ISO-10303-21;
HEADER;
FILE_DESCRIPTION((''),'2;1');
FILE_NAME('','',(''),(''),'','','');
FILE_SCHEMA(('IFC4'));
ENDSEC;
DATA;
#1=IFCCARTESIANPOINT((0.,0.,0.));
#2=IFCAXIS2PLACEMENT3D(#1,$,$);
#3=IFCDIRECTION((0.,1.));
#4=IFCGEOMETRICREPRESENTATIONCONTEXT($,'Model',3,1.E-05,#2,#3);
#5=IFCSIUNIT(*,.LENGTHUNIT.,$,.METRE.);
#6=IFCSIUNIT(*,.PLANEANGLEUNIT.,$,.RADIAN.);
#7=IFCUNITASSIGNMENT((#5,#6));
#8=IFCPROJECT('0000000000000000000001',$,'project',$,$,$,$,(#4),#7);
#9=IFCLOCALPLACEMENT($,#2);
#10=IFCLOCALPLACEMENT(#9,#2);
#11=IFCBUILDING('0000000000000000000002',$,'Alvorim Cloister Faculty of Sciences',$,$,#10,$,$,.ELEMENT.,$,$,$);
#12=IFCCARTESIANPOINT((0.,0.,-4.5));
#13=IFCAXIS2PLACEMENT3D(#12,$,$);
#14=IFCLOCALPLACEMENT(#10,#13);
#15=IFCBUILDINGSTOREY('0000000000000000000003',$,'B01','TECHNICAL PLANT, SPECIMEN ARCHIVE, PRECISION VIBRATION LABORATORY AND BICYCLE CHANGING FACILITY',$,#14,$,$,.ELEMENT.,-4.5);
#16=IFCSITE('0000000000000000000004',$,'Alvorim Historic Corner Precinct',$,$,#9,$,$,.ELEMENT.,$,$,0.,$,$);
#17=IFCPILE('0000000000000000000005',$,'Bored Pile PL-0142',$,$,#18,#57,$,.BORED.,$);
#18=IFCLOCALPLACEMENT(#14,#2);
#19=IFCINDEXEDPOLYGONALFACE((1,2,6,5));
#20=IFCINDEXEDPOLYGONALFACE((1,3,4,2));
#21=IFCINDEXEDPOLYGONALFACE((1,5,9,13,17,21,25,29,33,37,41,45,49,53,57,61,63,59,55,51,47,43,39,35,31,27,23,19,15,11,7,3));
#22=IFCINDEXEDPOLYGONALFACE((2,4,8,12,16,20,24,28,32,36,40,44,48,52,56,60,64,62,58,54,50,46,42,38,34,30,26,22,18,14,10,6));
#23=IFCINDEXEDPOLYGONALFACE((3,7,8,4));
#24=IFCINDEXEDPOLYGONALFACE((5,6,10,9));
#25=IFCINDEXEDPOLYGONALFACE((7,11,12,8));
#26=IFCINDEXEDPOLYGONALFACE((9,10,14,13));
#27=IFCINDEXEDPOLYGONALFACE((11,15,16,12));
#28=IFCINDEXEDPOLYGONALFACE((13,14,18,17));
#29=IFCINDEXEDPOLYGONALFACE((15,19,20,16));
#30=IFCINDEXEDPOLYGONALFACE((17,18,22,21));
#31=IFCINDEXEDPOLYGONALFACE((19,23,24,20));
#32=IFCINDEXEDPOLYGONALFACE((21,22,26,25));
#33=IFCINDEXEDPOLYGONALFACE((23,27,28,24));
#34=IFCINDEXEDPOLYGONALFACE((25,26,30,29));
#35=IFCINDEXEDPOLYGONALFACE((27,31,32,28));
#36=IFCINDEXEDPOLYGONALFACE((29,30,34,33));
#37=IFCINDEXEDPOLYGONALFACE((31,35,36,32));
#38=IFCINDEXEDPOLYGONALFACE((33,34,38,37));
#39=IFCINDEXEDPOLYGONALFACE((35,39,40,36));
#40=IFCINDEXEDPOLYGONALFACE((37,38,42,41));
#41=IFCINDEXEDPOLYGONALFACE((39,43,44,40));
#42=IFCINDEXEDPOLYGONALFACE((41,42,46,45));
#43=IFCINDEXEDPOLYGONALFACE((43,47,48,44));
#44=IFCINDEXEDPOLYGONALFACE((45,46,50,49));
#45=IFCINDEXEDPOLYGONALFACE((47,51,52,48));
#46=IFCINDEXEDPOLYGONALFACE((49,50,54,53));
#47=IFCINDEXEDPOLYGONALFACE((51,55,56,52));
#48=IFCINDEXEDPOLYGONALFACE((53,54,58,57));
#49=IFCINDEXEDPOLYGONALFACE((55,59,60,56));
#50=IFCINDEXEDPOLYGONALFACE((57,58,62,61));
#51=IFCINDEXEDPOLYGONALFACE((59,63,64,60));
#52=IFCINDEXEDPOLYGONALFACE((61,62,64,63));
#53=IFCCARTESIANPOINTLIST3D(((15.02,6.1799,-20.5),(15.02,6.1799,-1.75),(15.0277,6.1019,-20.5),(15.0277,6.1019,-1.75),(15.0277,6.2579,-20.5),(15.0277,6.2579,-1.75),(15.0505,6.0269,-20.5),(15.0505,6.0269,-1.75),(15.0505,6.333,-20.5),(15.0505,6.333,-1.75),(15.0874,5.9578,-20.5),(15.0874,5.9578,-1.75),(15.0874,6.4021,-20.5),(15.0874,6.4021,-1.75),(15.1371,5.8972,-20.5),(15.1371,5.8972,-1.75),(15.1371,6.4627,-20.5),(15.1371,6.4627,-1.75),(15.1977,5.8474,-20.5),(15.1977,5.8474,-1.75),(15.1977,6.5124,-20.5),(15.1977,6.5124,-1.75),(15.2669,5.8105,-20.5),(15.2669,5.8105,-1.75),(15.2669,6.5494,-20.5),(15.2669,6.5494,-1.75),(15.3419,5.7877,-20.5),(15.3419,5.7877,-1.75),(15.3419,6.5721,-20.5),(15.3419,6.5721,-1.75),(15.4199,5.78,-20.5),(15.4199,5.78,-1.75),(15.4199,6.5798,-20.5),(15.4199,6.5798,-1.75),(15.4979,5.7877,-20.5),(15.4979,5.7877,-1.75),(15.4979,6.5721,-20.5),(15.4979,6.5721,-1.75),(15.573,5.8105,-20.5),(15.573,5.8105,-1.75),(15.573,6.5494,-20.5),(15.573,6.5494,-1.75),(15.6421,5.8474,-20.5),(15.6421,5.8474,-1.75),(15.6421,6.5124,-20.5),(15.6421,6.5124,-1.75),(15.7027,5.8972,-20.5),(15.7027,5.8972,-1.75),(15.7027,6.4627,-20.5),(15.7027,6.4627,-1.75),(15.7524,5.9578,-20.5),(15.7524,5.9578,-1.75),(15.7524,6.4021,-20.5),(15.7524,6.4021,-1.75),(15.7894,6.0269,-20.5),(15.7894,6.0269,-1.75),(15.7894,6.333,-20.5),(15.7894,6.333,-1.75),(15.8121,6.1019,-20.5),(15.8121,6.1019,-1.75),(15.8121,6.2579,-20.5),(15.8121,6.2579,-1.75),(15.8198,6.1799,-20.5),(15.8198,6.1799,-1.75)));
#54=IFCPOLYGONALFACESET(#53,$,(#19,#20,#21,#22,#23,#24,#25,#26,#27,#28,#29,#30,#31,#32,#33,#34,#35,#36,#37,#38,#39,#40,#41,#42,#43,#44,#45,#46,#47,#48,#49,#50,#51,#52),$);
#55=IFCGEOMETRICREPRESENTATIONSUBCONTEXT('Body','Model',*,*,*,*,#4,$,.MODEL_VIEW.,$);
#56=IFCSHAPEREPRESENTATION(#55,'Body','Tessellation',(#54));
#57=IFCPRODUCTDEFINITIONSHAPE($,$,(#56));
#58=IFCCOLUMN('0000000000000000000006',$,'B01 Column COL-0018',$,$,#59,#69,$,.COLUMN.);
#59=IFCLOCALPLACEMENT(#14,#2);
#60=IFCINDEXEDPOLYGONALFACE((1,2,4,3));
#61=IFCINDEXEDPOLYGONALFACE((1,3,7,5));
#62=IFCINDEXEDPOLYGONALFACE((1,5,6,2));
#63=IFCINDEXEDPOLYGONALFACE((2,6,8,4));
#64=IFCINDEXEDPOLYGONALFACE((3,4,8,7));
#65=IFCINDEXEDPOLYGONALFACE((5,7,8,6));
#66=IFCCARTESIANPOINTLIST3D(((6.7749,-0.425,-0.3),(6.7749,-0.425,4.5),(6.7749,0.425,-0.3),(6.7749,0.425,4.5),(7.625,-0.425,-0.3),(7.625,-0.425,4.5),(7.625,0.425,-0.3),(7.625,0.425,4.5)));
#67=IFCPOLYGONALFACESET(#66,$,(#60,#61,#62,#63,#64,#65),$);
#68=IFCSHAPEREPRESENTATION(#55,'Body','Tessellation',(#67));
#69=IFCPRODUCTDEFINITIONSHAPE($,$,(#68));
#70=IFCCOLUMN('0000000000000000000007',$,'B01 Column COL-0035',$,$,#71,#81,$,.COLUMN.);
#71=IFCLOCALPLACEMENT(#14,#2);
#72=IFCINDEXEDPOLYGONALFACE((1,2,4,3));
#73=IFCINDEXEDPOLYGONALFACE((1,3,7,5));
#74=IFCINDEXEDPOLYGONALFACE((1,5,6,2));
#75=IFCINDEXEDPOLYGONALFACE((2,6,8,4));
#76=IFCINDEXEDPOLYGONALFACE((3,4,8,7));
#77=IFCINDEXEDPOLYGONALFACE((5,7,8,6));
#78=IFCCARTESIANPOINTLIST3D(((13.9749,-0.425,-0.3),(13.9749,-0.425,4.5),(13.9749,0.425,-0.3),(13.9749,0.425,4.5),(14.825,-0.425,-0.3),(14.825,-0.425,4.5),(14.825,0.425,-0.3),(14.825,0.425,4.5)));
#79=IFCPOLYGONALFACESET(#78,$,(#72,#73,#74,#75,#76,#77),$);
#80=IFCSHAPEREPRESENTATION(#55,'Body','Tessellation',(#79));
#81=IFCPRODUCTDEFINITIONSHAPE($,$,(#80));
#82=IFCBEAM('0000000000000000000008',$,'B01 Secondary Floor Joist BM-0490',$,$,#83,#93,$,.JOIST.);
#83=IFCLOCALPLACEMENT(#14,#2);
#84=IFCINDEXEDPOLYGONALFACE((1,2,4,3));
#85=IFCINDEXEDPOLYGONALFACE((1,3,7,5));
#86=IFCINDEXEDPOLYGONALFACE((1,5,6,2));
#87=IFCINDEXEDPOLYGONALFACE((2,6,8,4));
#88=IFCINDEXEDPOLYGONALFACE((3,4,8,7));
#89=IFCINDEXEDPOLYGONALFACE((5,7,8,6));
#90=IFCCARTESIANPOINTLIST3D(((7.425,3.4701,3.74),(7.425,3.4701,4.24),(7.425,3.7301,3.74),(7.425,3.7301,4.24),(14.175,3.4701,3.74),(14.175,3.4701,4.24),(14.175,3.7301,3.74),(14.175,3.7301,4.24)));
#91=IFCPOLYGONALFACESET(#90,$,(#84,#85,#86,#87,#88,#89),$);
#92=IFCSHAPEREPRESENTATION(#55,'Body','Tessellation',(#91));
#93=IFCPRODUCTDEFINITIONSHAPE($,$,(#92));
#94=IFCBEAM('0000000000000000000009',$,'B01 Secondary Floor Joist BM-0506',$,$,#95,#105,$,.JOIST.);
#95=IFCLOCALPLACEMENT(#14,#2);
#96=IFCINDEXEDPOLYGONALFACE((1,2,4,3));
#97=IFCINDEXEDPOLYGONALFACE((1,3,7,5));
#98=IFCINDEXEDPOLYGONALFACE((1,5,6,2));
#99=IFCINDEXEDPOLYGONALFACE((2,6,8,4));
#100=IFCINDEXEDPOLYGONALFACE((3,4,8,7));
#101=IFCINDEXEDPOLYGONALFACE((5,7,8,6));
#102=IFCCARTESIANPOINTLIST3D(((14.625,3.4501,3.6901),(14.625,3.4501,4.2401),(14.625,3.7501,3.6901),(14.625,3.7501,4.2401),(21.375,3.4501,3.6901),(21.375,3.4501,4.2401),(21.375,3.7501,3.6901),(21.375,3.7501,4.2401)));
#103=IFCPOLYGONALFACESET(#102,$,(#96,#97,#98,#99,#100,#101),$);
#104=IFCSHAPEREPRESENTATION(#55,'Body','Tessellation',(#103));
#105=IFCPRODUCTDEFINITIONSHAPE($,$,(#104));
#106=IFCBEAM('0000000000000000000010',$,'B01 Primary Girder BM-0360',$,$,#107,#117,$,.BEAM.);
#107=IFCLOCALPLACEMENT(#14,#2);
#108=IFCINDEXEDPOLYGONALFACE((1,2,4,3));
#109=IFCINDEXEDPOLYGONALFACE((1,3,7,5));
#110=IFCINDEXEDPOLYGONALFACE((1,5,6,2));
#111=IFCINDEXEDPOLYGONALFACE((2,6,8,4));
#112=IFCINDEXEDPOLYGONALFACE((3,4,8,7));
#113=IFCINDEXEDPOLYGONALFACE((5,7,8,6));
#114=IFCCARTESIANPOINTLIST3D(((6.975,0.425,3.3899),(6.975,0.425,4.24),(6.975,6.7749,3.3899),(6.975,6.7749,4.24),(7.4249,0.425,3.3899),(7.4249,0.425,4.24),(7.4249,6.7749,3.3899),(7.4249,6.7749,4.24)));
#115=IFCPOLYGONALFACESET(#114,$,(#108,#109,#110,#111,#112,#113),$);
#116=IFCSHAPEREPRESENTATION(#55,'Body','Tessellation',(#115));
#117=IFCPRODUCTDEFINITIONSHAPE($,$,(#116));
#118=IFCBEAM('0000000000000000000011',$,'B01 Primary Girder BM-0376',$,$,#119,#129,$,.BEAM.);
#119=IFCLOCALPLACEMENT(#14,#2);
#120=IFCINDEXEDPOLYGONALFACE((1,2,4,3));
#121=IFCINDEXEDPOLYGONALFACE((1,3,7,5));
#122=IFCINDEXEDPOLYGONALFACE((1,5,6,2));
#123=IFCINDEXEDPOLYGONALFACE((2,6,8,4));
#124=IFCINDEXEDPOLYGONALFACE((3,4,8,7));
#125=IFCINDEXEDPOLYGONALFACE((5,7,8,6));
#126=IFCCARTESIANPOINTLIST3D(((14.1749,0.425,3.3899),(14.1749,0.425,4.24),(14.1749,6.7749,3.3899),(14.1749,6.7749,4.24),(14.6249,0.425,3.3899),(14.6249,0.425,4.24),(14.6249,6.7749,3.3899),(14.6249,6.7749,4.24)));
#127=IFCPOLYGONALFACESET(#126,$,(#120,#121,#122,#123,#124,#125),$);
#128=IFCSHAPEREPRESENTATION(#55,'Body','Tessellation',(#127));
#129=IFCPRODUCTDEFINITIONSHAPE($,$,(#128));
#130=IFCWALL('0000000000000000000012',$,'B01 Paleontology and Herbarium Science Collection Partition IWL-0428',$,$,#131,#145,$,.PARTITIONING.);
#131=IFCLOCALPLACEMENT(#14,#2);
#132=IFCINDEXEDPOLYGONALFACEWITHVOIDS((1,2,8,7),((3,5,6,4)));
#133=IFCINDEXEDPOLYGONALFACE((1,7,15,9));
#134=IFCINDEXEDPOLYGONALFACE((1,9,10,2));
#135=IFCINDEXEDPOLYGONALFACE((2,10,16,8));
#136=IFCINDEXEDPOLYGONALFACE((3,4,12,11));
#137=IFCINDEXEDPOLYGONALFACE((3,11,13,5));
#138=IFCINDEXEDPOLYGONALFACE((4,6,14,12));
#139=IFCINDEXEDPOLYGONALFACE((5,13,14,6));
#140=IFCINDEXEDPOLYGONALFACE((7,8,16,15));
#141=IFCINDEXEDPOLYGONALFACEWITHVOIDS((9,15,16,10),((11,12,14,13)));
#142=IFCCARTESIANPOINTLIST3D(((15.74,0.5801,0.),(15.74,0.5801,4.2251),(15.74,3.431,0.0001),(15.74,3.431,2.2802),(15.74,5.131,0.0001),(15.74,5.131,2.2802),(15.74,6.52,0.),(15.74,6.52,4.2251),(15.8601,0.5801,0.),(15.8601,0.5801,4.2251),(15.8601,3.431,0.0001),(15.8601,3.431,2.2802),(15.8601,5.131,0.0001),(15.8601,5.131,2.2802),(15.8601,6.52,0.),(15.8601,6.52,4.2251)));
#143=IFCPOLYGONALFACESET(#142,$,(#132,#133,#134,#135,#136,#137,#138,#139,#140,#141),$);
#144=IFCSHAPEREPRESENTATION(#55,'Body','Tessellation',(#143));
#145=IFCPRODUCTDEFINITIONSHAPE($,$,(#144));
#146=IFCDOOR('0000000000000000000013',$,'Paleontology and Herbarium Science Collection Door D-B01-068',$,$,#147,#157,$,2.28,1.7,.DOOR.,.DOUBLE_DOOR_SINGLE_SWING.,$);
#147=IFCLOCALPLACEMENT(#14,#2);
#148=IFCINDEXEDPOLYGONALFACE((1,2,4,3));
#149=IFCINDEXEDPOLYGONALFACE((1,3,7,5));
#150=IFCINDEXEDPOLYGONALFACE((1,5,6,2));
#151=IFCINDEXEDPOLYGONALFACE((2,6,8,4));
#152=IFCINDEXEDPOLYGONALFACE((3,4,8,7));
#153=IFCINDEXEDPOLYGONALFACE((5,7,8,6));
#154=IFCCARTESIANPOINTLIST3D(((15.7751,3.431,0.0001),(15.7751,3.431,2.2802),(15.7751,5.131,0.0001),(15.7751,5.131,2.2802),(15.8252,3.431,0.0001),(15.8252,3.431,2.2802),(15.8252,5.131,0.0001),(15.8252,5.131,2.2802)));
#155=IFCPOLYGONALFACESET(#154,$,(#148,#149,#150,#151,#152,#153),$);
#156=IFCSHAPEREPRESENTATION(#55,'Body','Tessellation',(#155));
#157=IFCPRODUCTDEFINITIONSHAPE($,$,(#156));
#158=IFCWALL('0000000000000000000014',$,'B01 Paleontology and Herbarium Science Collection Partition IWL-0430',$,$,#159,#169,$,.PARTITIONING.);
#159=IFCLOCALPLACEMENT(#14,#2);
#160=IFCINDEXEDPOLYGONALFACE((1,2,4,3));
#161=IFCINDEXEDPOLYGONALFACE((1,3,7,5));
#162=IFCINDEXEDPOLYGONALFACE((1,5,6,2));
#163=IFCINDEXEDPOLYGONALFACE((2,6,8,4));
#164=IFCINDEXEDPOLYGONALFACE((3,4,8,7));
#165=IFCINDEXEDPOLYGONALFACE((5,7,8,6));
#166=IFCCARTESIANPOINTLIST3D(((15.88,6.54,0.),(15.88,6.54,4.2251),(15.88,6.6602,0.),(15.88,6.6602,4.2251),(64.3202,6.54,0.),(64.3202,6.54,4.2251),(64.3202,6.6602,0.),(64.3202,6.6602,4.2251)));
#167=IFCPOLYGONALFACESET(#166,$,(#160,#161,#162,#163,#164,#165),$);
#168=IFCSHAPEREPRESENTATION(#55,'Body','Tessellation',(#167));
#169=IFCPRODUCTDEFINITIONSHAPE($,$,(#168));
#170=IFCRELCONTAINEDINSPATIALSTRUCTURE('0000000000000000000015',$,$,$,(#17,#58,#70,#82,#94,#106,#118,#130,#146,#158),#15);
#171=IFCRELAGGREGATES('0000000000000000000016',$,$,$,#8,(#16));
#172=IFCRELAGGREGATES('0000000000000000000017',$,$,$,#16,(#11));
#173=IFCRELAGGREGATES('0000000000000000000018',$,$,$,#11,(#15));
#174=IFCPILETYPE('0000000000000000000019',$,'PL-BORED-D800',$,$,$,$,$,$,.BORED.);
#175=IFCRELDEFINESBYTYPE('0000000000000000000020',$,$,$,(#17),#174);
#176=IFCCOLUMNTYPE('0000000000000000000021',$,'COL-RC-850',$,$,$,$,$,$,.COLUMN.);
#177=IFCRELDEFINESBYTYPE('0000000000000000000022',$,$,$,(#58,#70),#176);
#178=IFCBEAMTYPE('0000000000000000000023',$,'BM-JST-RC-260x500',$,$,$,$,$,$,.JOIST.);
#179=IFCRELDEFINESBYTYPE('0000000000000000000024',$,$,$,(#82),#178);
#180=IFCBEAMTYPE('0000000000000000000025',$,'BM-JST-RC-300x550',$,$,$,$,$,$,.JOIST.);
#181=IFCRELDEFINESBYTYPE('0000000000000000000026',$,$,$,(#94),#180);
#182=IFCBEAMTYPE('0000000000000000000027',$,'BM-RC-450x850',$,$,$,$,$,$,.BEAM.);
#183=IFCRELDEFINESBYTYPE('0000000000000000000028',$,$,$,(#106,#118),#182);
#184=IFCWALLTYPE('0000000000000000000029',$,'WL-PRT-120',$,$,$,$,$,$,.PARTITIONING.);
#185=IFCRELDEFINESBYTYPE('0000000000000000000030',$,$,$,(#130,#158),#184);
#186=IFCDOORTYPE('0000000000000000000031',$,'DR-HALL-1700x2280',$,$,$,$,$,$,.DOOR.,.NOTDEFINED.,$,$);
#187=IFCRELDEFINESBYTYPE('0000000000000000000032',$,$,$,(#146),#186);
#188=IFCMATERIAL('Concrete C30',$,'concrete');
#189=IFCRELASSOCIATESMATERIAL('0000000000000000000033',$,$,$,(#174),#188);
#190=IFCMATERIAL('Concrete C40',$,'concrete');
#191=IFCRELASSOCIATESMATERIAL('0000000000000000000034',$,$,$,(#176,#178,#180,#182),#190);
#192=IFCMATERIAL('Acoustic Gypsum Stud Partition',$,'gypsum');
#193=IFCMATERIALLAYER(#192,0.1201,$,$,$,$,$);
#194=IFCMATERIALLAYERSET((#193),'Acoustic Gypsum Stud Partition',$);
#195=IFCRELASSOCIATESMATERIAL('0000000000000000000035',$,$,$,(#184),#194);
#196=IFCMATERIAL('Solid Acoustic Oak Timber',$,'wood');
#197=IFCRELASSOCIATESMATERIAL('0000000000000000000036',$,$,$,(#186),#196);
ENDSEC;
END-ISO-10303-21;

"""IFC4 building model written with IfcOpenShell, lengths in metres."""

from ifc_helpers import new_model, si_unit, direction, frame, frame_2d, origin, origin_2d, place, context, subcontext, project, spatial, rectangle, circle, extrude, material, layer, layer_set, material_profile, profile_set, type_object, element, fill, save


model = new_model("IFC4")

# Units and contexts
model_context = context("Model", 3, precision=1e-05, world=origin(), true_north=direction((0.0, 1.0)))
body_context = subcontext(model_context, "Body", "Model", "MODEL_VIEW")
ifc_project = project(units=[si_unit("LENGTHUNIT", "METRE"), si_unit("PLANEANGLEUNIT", "RADIAN")], contexts=[model_context])

# Site, building, storey
site_placement = place(None, origin())
site = spatial("IfcSite", under=ifc_project, at=site_placement, Name="Alvorim Historic Corner Precinct", CompositionType="ELEMENT", RefElevation=0.0)
building_placement = place(site_placement, origin())
building = spatial("IfcBuilding", under=site, at=building_placement, Name="Alvorim Cloister Faculty of Sciences", CompositionType="ELEMENT")
storey_placement = place(building_placement, frame((0.0, 0.0, -4.5)))
storey = spatial("IfcBuildingStorey", under=building, at=storey_placement, Name="B01", Description="TECHNICAL PLANT, SPECIMEN ARCHIVE, PRECISION VIBRATION LABORATORY AND BICYCLE CHANGING FACILITY", CompositionType="ELEMENT", Elevation=-4.5)

# Shared definitions
ifc_material_1 = material(Name="Concrete C40", Category="concrete")

# Pile
ifc_material_2 = material(Name="Concrete C30", Category="concrete")
ifc_material_profile_1 = material_profile(ifc_material_2, circle(Radius=0.3999, at=origin_2d()), Name="PILE-D800")
ifc_profile_set_1 = profile_set([ifc_material_profile_1], Name="Concrete C30")
pile_type_1 = type_object("IfcPileType", Name="PL-BORED-D800", PredefinedType="BORED", material=ifc_profile_set_1)
for number, where, z_axis, x_axis, name in (
    (1, (15.4199, 6.1799, -1.75), (0.0, 0.0, -1.0), (1.0, 0.0, 0.0), "Bored Pile PL-0142"),
):
    element("IfcPile", number, at=place(storey_placement, frame(where, z_axis=z_axis, x_axis=x_axis)), inside=storey, type_object=pile_type_1, Name=name, PredefinedType="BORED", context=body_context, shape_type="SweptSolid", body=[
        extrude(circle(Radius=0.3999, at=origin_2d()), origin(), (0.0, 0.0, 1.0), 18.75),
    ])

# Columns
ifc_material_profile_2 = material_profile(ifc_material_1, rectangle(XDim=0.8501, YDim=0.8501, at=origin_2d()), Name="RC40-COL-850x850")
ifc_profile_set_2 = profile_set([ifc_material_profile_2], Name="Concrete C40")
column_type = type_object("IfcColumnType", Name="COL-RC-850", PredefinedType="COLUMN", material=ifc_profile_set_2)
for number, where, z_axis, x_axis, name in (
    (2, (7.2, 0.0, -0.3), (0.0, 0.0, 1.0), (1.0, 0.0, 0.0), "B01 Column COL-0018"),
    (3, (14.3999, 0.0, -0.3), (0.0, 0.0, 1.0), (1.0, 0.0, 0.0), "B01 Column COL-0035"),
):
    element("IfcColumn", number, at=place(storey_placement, frame(where, z_axis=z_axis, x_axis=x_axis)), inside=storey, type_object=column_type, Name=name, PredefinedType="COLUMN", context=body_context, shape_type="SweptSolid", body=[
        extrude(rectangle(XDim=0.8501, YDim=0.8501, at=origin_2d()), origin(), (0.0, 0.0, 1.0), 4.8),
    ])

# Beams
ifc_material_profile_3 = material_profile(ifc_material_1, rectangle(XDim=0.26, YDim=0.5, at=origin_2d()), Name="RC40-JST-260x500")
ifc_profile_set_3 = profile_set([ifc_material_profile_3], Name="Concrete C40")
beam_type_1 = type_object("IfcBeamType", Name="BM-JST-RC-260x500", PredefinedType="JOIST", material=ifc_profile_set_3)
beam_1_placement = place(storey_placement, frame((7.425, 3.6001, 3.99), z_axis=(1.0, 0.0, 0.0), x_axis=(0.0, 1.0, 0.0)))
element("IfcBeam", 4, at=beam_1_placement, inside=storey, type_object=beam_type_1, Name="B01 Secondary Floor Joist BM-0490", PredefinedType="JOIST", context=body_context, shape_type="SweptSolid", body=[
    extrude(rectangle(XDim=0.26, YDim=0.5, at=origin_2d()), origin(), (0.0, 0.0, 1.0), 6.75),
])
ifc_material_profile_4 = material_profile(ifc_material_1, rectangle(XDim=0.3, YDim=0.55, at=origin_2d()), Name="RC40-JST-300x550")
ifc_profile_set_4 = profile_set([ifc_material_profile_4], Name="Concrete C40")
beam_type_2 = type_object("IfcBeamType", Name="BM-JST-RC-300x550", PredefinedType="JOIST", material=ifc_profile_set_4)
beam_2_placement = place(storey_placement, frame((14.625, 3.6001, 3.9651), z_axis=(1.0, 0.0, 0.0), x_axis=(0.0, 1.0, 0.0)))
element("IfcBeam", 5, at=beam_2_placement, inside=storey, type_object=beam_type_2, Name="B01 Secondary Floor Joist BM-0506", PredefinedType="JOIST", context=body_context, shape_type="SweptSolid", body=[
    extrude(rectangle(XDim=0.3, YDim=0.55, at=origin_2d()), origin(), (0.0, 0.0, 1.0), 6.75),
])
ifc_material_profile_5 = material_profile(ifc_material_1, rectangle(XDim=0.45, YDim=0.8501, at=origin_2d()), Name="RC40-BM-450x850")
ifc_profile_set_5 = profile_set([ifc_material_profile_5], Name="Concrete C40")
beam_type_3 = type_object("IfcBeamType", Name="BM-RC-450x850", PredefinedType="BEAM", material=ifc_profile_set_5)
for number, where, z_axis, x_axis, name in (
    (6, (7.2, 0.425, 3.8149), (0.0, 1.0, 0.0), (-1.0, 0.0, 0.0), "B01 Primary Girder BM-0360"),
    (7, (14.3999, 0.425, 3.8149), (0.0, 1.0, 0.0), (-1.0, 0.0, 0.0), "B01 Primary Girder BM-0376"),
):
    element("IfcBeam", number, at=place(storey_placement, frame(where, z_axis=z_axis, x_axis=x_axis)), inside=storey, type_object=beam_type_3, Name=name, PredefinedType="BEAM", context=body_context, shape_type="SweptSolid", body=[
        extrude(rectangle(XDim=0.45, YDim=0.8501, at=origin_2d()), origin(), (0.0, 0.0, 1.0), 6.3499),
    ])

# Wall, opening, door
ifc_material_3 = material(Name="Acoustic Gypsum Stud Partition", Category="gypsum")
ifc_layer_1 = layer(ifc_material_3, 0.1201)
ifc_layer_set_1 = layer_set([ifc_layer_1], Name="Acoustic Gypsum Stud Partition")
wall_type_1 = type_object("IfcWallType", Name="WL-PRT-120", PredefinedType="PARTITIONING", material=ifc_layer_set_1)
wall_1_placement = place(storey_placement, frame((15.8, 0.5801, 0.0), z_axis=(0.0, 0.0, 1.0), x_axis=(0.0, 1.0, 0.0)))
wall_1 = element("IfcWall", 8, at=wall_1_placement, inside=storey, type_object=wall_type_1, Name="B01 Paleontology and Herbarium Science Collection Partition IWL-0428", PredefinedType="PARTITIONING", context=body_context, shape_type="SweptSolid", body=[
    extrude(rectangle(XDim=5.9399, YDim=0.1201, at=frame_2d((2.97, 0.0))), origin(), (0.0, 0.0, 1.0), 4.2251),
])
opening_1_placement = place(wall_1_placement, frame((2.8508, 0.0, 0.0)))
opening_1 = element("IfcOpeningElement", 9, at=opening_1_placement, cuts=wall_1, PredefinedType="OPENING", context=body_context, shape_type="SweptSolid", body=[
    extrude(rectangle(XDim=1.7, YDim=2.28, at=frame_2d((0.8501, 1.1401))), frame((0.0, 0.072, 0.0), z_axis=(0.0, -1.0, 0.0), x_axis=(1.0, 0.0, 0.0)), (0.0, 0.0, 1.0), 0.144),
])
ifc_material_4 = material(Name="Solid Acoustic Oak Timber", Category="wood")
door_type_1 = type_object("IfcDoorType", Name="DR-HALL-1700x2280", OperationType="NOTDEFINED", PredefinedType="DOOR", material=ifc_material_4)
door_1_placement = place(opening_1_placement, origin())
door_1 = element("IfcDoor", 10, at=door_1_placement, inside=storey, type_object=door_type_1, Name="Paleontology and Herbarium Science Collection Door D-B01-068", OperationType="DOUBLE_DOOR_SINGLE_SWING", OverallHeight=2.28, OverallWidth=1.7, PredefinedType="DOOR", context=body_context, shape_type="SweptSolid", body=[
    extrude(rectangle(XDim=1.7, YDim=2.28, at=frame_2d((0.8501, 1.1401))), frame((0.0, 0.0249, 0.0), z_axis=(0.0, -1.0, 0.0), x_axis=(1.0, 0.0, 0.0)), (0.0, 0.0, 1.0), 0.05),
])
fill(opening_1, door_1)

# Wall
wall_2_placement = place(storey_placement, frame((15.8799, 6.6001, 0.0), z_axis=(0.0, 0.0, 1.0), x_axis=(1.0, 0.0, 0.0)))
element("IfcWall", 11, at=wall_2_placement, inside=storey, type_object=wall_type_1, Name="B01 Paleontology and Herbarium Science Collection Partition IWL-0430", PredefinedType="PARTITIONING", context=body_context, shape_type="SweptSolid", body=[
    extrude(rectangle(XDim=48.4402, YDim=0.1201, at=frame_2d((24.2202, 0.0))), origin(), (0.0, 0.0, 1.0), 4.2251),
])

save(model, "model.ifc")
